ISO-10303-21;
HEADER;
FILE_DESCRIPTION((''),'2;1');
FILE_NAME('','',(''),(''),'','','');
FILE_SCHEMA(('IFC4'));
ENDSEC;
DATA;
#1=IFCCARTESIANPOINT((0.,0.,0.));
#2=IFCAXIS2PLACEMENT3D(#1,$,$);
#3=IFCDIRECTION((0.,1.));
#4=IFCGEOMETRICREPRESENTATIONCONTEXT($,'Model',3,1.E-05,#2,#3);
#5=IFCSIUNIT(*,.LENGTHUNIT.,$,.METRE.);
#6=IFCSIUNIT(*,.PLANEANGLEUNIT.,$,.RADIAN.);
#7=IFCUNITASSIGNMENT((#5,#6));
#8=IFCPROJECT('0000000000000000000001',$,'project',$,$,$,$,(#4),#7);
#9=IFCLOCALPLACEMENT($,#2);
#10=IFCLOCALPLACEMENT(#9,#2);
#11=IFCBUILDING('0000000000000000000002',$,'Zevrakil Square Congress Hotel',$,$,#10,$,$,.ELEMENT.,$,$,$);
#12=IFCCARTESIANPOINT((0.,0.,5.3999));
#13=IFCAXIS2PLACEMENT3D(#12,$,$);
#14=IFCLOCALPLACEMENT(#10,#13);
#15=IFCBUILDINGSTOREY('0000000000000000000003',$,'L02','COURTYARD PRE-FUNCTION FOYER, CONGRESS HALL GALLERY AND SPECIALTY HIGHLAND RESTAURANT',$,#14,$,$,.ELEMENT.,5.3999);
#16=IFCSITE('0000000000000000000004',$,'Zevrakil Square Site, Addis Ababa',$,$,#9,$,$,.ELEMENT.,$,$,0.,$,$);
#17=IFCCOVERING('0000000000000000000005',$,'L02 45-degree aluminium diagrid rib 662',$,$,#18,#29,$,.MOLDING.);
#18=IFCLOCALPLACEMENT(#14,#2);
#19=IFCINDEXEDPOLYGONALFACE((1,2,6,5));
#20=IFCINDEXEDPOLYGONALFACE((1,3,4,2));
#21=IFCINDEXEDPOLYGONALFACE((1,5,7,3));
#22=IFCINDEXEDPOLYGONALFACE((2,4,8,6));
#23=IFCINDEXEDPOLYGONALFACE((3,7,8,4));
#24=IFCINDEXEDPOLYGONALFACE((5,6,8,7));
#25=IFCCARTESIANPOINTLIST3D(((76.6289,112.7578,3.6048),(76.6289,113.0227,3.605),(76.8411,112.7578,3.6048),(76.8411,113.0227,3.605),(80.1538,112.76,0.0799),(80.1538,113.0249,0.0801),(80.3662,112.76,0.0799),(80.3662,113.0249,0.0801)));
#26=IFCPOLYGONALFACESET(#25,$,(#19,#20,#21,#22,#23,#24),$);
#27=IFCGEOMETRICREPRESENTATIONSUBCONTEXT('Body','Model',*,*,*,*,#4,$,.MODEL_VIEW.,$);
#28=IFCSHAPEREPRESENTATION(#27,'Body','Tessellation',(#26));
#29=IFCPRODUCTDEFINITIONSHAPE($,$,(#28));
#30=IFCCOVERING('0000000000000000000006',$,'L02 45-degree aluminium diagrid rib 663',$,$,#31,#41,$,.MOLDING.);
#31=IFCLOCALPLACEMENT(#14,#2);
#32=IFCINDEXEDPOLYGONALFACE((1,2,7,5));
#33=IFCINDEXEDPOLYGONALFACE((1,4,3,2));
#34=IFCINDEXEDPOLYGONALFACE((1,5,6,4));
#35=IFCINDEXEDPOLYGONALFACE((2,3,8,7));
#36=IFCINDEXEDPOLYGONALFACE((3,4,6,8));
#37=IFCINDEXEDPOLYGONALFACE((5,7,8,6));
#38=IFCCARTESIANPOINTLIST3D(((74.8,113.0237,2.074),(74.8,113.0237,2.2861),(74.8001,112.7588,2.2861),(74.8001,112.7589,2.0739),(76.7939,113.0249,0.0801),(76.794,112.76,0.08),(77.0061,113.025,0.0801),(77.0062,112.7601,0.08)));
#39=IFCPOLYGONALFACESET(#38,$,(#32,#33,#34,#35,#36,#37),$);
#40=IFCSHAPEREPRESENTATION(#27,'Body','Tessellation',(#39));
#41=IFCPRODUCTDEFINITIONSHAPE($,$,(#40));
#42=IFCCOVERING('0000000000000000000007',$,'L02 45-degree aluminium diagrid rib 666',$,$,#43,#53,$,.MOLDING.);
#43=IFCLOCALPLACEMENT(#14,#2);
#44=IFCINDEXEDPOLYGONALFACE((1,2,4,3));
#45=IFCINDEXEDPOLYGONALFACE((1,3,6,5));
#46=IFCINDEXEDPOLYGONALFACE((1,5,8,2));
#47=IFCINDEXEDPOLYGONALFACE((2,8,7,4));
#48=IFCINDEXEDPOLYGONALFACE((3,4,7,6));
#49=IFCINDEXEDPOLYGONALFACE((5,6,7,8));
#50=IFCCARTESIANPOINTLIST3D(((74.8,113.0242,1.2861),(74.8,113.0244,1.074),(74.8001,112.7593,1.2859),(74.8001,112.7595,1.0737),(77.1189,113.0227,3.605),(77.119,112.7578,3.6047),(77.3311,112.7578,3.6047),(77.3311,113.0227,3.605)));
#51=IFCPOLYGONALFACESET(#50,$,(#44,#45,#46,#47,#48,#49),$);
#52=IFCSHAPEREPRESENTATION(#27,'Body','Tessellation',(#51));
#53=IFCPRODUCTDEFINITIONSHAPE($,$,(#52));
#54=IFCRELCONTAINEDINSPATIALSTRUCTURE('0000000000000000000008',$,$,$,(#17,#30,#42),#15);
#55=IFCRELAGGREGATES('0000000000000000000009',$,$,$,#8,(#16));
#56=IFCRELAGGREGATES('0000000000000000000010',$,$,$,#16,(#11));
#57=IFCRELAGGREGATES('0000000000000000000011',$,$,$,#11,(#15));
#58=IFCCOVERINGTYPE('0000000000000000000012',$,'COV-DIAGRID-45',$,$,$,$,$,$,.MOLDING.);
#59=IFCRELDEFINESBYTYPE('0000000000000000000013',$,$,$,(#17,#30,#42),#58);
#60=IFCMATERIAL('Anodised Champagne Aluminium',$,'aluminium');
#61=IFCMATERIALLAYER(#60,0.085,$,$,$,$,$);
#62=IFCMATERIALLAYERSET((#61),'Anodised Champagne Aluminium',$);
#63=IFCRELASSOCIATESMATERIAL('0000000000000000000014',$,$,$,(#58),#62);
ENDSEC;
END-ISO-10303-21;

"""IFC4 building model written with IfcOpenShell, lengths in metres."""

from ifc_helpers import new_model, si_unit, direction, frame, origin, place, context, subcontext, project, spatial, polyline, outline, extrude, material, layer, layer_set, type_object, element, save


model = new_model("IFC4")

# Units and contexts
model_context = context("Model", 3, precision=1e-05, world=origin(), true_north=direction((0.0, 1.0)))
body_context = subcontext(model_context, "Body", "Model", "MODEL_VIEW")
ifc_project = project(units=[si_unit("LENGTHUNIT", "METRE"), si_unit("PLANEANGLEUNIT", "RADIAN")], contexts=[model_context])

# Site, building, storey
site_placement = place(None, origin())
site = spatial("IfcSite", under=ifc_project, at=site_placement, Name="Zevrakil Square Site, Addis Ababa", CompositionType="ELEMENT", RefElevation=0.0)
building_placement = place(site_placement, origin())
building = spatial("IfcBuilding", under=site, at=building_placement, Name="Zevrakil Square Congress Hotel", CompositionType="ELEMENT")
storey_placement = place(building_placement, frame((0.0, 0.0, 5.3999)))
storey = spatial("IfcBuildingStorey", under=building, at=storey_placement, Name="L02", Description="COURTYARD PRE-FUNCTION FOYER, CONGRESS HALL GALLERY AND SPECIALTY HIGHLAND RESTAURANT", CompositionType="ELEMENT", Elevation=5.3999)

# Coverings
ifc_material_1 = material(Name="Anodised Champagne Aluminium", Category="aluminium")
ifc_layer_1 = layer(ifc_material_1, 0.085)
ifc_layer_set_1 = layer_set([ifc_layer_1], Name="Anodised Champagne Aluminium")
covering_type_1 = type_object("IfcCoveringType", Name="COV-DIAGRID-45", PredefinedType="MOLDING", material=ifc_layer_set_1)
covering_1_placement = place(storey_placement, frame((80.1538, 113.0249, 0.0801), z_axis=(0.0, 1.0, 0.000623), x_axis=(1.0, 0.0, 0.0)))
element("IfcCovering", 1, at=covering_1_placement, inside=storey, type_object=covering_type_1, Name="L02 45-degree aluminium diagrid rib 662", PredefinedType="MOLDING", context=body_context, shape_type="SweptSolid", body=[
    extrude(outline(polyline([(0.0, 0.0), (0.2124, 0.0), (-3.3127, -3.5249), (-3.5249, -3.5249), (0.0, 0.0)])), origin(), (0.0, 0.0, -1.0), 0.2649),
])
covering_2_placement = place(storey_placement, frame((76.7939, 113.0249, 0.0801), z_axis=(-0.000291, 1.0, 0.000291), x_axis=(1.0, 0.000291, 0.0)))
element("IfcCovering", 2, at=covering_2_placement, inside=storey, type_object=covering_type_1, Name="L02 45-degree aluminium diagrid rib 663", PredefinedType="MOLDING", context=body_context, shape_type="SweptSolid", body=[
    extrude(outline(polyline([(0.0, 0.0), (0.2122, 0.0), (-1.9939, -2.2061), (-1.9939, -1.9939), (0.0, 0.0)])), origin(), (0.0, 0.0, -1.0), 0.2649),
])
covering_3_placement = place(storey_placement, frame((77.3311, 113.0227, 3.605), z_axis=(-0.000248, 1.0, 0.000903), x_axis=(-1.0, -0.000248, 0.0)))
element("IfcCovering", 3, at=covering_3_placement, inside=storey, type_object=covering_type_1, Name="L02 45-degree aluminium diagrid rib 666", PredefinedType="MOLDING", context=body_context, shape_type="SweptSolid", body=[
    extrude(outline(polyline([(0.0, 0.0), (0.2122, 0.0), (2.531, -2.3188), (2.531, -2.531), (0.0, 0.0)])), origin(), (0.0, 0.0, -1.0), 0.2649),
])

save(model, "model.ifc")
